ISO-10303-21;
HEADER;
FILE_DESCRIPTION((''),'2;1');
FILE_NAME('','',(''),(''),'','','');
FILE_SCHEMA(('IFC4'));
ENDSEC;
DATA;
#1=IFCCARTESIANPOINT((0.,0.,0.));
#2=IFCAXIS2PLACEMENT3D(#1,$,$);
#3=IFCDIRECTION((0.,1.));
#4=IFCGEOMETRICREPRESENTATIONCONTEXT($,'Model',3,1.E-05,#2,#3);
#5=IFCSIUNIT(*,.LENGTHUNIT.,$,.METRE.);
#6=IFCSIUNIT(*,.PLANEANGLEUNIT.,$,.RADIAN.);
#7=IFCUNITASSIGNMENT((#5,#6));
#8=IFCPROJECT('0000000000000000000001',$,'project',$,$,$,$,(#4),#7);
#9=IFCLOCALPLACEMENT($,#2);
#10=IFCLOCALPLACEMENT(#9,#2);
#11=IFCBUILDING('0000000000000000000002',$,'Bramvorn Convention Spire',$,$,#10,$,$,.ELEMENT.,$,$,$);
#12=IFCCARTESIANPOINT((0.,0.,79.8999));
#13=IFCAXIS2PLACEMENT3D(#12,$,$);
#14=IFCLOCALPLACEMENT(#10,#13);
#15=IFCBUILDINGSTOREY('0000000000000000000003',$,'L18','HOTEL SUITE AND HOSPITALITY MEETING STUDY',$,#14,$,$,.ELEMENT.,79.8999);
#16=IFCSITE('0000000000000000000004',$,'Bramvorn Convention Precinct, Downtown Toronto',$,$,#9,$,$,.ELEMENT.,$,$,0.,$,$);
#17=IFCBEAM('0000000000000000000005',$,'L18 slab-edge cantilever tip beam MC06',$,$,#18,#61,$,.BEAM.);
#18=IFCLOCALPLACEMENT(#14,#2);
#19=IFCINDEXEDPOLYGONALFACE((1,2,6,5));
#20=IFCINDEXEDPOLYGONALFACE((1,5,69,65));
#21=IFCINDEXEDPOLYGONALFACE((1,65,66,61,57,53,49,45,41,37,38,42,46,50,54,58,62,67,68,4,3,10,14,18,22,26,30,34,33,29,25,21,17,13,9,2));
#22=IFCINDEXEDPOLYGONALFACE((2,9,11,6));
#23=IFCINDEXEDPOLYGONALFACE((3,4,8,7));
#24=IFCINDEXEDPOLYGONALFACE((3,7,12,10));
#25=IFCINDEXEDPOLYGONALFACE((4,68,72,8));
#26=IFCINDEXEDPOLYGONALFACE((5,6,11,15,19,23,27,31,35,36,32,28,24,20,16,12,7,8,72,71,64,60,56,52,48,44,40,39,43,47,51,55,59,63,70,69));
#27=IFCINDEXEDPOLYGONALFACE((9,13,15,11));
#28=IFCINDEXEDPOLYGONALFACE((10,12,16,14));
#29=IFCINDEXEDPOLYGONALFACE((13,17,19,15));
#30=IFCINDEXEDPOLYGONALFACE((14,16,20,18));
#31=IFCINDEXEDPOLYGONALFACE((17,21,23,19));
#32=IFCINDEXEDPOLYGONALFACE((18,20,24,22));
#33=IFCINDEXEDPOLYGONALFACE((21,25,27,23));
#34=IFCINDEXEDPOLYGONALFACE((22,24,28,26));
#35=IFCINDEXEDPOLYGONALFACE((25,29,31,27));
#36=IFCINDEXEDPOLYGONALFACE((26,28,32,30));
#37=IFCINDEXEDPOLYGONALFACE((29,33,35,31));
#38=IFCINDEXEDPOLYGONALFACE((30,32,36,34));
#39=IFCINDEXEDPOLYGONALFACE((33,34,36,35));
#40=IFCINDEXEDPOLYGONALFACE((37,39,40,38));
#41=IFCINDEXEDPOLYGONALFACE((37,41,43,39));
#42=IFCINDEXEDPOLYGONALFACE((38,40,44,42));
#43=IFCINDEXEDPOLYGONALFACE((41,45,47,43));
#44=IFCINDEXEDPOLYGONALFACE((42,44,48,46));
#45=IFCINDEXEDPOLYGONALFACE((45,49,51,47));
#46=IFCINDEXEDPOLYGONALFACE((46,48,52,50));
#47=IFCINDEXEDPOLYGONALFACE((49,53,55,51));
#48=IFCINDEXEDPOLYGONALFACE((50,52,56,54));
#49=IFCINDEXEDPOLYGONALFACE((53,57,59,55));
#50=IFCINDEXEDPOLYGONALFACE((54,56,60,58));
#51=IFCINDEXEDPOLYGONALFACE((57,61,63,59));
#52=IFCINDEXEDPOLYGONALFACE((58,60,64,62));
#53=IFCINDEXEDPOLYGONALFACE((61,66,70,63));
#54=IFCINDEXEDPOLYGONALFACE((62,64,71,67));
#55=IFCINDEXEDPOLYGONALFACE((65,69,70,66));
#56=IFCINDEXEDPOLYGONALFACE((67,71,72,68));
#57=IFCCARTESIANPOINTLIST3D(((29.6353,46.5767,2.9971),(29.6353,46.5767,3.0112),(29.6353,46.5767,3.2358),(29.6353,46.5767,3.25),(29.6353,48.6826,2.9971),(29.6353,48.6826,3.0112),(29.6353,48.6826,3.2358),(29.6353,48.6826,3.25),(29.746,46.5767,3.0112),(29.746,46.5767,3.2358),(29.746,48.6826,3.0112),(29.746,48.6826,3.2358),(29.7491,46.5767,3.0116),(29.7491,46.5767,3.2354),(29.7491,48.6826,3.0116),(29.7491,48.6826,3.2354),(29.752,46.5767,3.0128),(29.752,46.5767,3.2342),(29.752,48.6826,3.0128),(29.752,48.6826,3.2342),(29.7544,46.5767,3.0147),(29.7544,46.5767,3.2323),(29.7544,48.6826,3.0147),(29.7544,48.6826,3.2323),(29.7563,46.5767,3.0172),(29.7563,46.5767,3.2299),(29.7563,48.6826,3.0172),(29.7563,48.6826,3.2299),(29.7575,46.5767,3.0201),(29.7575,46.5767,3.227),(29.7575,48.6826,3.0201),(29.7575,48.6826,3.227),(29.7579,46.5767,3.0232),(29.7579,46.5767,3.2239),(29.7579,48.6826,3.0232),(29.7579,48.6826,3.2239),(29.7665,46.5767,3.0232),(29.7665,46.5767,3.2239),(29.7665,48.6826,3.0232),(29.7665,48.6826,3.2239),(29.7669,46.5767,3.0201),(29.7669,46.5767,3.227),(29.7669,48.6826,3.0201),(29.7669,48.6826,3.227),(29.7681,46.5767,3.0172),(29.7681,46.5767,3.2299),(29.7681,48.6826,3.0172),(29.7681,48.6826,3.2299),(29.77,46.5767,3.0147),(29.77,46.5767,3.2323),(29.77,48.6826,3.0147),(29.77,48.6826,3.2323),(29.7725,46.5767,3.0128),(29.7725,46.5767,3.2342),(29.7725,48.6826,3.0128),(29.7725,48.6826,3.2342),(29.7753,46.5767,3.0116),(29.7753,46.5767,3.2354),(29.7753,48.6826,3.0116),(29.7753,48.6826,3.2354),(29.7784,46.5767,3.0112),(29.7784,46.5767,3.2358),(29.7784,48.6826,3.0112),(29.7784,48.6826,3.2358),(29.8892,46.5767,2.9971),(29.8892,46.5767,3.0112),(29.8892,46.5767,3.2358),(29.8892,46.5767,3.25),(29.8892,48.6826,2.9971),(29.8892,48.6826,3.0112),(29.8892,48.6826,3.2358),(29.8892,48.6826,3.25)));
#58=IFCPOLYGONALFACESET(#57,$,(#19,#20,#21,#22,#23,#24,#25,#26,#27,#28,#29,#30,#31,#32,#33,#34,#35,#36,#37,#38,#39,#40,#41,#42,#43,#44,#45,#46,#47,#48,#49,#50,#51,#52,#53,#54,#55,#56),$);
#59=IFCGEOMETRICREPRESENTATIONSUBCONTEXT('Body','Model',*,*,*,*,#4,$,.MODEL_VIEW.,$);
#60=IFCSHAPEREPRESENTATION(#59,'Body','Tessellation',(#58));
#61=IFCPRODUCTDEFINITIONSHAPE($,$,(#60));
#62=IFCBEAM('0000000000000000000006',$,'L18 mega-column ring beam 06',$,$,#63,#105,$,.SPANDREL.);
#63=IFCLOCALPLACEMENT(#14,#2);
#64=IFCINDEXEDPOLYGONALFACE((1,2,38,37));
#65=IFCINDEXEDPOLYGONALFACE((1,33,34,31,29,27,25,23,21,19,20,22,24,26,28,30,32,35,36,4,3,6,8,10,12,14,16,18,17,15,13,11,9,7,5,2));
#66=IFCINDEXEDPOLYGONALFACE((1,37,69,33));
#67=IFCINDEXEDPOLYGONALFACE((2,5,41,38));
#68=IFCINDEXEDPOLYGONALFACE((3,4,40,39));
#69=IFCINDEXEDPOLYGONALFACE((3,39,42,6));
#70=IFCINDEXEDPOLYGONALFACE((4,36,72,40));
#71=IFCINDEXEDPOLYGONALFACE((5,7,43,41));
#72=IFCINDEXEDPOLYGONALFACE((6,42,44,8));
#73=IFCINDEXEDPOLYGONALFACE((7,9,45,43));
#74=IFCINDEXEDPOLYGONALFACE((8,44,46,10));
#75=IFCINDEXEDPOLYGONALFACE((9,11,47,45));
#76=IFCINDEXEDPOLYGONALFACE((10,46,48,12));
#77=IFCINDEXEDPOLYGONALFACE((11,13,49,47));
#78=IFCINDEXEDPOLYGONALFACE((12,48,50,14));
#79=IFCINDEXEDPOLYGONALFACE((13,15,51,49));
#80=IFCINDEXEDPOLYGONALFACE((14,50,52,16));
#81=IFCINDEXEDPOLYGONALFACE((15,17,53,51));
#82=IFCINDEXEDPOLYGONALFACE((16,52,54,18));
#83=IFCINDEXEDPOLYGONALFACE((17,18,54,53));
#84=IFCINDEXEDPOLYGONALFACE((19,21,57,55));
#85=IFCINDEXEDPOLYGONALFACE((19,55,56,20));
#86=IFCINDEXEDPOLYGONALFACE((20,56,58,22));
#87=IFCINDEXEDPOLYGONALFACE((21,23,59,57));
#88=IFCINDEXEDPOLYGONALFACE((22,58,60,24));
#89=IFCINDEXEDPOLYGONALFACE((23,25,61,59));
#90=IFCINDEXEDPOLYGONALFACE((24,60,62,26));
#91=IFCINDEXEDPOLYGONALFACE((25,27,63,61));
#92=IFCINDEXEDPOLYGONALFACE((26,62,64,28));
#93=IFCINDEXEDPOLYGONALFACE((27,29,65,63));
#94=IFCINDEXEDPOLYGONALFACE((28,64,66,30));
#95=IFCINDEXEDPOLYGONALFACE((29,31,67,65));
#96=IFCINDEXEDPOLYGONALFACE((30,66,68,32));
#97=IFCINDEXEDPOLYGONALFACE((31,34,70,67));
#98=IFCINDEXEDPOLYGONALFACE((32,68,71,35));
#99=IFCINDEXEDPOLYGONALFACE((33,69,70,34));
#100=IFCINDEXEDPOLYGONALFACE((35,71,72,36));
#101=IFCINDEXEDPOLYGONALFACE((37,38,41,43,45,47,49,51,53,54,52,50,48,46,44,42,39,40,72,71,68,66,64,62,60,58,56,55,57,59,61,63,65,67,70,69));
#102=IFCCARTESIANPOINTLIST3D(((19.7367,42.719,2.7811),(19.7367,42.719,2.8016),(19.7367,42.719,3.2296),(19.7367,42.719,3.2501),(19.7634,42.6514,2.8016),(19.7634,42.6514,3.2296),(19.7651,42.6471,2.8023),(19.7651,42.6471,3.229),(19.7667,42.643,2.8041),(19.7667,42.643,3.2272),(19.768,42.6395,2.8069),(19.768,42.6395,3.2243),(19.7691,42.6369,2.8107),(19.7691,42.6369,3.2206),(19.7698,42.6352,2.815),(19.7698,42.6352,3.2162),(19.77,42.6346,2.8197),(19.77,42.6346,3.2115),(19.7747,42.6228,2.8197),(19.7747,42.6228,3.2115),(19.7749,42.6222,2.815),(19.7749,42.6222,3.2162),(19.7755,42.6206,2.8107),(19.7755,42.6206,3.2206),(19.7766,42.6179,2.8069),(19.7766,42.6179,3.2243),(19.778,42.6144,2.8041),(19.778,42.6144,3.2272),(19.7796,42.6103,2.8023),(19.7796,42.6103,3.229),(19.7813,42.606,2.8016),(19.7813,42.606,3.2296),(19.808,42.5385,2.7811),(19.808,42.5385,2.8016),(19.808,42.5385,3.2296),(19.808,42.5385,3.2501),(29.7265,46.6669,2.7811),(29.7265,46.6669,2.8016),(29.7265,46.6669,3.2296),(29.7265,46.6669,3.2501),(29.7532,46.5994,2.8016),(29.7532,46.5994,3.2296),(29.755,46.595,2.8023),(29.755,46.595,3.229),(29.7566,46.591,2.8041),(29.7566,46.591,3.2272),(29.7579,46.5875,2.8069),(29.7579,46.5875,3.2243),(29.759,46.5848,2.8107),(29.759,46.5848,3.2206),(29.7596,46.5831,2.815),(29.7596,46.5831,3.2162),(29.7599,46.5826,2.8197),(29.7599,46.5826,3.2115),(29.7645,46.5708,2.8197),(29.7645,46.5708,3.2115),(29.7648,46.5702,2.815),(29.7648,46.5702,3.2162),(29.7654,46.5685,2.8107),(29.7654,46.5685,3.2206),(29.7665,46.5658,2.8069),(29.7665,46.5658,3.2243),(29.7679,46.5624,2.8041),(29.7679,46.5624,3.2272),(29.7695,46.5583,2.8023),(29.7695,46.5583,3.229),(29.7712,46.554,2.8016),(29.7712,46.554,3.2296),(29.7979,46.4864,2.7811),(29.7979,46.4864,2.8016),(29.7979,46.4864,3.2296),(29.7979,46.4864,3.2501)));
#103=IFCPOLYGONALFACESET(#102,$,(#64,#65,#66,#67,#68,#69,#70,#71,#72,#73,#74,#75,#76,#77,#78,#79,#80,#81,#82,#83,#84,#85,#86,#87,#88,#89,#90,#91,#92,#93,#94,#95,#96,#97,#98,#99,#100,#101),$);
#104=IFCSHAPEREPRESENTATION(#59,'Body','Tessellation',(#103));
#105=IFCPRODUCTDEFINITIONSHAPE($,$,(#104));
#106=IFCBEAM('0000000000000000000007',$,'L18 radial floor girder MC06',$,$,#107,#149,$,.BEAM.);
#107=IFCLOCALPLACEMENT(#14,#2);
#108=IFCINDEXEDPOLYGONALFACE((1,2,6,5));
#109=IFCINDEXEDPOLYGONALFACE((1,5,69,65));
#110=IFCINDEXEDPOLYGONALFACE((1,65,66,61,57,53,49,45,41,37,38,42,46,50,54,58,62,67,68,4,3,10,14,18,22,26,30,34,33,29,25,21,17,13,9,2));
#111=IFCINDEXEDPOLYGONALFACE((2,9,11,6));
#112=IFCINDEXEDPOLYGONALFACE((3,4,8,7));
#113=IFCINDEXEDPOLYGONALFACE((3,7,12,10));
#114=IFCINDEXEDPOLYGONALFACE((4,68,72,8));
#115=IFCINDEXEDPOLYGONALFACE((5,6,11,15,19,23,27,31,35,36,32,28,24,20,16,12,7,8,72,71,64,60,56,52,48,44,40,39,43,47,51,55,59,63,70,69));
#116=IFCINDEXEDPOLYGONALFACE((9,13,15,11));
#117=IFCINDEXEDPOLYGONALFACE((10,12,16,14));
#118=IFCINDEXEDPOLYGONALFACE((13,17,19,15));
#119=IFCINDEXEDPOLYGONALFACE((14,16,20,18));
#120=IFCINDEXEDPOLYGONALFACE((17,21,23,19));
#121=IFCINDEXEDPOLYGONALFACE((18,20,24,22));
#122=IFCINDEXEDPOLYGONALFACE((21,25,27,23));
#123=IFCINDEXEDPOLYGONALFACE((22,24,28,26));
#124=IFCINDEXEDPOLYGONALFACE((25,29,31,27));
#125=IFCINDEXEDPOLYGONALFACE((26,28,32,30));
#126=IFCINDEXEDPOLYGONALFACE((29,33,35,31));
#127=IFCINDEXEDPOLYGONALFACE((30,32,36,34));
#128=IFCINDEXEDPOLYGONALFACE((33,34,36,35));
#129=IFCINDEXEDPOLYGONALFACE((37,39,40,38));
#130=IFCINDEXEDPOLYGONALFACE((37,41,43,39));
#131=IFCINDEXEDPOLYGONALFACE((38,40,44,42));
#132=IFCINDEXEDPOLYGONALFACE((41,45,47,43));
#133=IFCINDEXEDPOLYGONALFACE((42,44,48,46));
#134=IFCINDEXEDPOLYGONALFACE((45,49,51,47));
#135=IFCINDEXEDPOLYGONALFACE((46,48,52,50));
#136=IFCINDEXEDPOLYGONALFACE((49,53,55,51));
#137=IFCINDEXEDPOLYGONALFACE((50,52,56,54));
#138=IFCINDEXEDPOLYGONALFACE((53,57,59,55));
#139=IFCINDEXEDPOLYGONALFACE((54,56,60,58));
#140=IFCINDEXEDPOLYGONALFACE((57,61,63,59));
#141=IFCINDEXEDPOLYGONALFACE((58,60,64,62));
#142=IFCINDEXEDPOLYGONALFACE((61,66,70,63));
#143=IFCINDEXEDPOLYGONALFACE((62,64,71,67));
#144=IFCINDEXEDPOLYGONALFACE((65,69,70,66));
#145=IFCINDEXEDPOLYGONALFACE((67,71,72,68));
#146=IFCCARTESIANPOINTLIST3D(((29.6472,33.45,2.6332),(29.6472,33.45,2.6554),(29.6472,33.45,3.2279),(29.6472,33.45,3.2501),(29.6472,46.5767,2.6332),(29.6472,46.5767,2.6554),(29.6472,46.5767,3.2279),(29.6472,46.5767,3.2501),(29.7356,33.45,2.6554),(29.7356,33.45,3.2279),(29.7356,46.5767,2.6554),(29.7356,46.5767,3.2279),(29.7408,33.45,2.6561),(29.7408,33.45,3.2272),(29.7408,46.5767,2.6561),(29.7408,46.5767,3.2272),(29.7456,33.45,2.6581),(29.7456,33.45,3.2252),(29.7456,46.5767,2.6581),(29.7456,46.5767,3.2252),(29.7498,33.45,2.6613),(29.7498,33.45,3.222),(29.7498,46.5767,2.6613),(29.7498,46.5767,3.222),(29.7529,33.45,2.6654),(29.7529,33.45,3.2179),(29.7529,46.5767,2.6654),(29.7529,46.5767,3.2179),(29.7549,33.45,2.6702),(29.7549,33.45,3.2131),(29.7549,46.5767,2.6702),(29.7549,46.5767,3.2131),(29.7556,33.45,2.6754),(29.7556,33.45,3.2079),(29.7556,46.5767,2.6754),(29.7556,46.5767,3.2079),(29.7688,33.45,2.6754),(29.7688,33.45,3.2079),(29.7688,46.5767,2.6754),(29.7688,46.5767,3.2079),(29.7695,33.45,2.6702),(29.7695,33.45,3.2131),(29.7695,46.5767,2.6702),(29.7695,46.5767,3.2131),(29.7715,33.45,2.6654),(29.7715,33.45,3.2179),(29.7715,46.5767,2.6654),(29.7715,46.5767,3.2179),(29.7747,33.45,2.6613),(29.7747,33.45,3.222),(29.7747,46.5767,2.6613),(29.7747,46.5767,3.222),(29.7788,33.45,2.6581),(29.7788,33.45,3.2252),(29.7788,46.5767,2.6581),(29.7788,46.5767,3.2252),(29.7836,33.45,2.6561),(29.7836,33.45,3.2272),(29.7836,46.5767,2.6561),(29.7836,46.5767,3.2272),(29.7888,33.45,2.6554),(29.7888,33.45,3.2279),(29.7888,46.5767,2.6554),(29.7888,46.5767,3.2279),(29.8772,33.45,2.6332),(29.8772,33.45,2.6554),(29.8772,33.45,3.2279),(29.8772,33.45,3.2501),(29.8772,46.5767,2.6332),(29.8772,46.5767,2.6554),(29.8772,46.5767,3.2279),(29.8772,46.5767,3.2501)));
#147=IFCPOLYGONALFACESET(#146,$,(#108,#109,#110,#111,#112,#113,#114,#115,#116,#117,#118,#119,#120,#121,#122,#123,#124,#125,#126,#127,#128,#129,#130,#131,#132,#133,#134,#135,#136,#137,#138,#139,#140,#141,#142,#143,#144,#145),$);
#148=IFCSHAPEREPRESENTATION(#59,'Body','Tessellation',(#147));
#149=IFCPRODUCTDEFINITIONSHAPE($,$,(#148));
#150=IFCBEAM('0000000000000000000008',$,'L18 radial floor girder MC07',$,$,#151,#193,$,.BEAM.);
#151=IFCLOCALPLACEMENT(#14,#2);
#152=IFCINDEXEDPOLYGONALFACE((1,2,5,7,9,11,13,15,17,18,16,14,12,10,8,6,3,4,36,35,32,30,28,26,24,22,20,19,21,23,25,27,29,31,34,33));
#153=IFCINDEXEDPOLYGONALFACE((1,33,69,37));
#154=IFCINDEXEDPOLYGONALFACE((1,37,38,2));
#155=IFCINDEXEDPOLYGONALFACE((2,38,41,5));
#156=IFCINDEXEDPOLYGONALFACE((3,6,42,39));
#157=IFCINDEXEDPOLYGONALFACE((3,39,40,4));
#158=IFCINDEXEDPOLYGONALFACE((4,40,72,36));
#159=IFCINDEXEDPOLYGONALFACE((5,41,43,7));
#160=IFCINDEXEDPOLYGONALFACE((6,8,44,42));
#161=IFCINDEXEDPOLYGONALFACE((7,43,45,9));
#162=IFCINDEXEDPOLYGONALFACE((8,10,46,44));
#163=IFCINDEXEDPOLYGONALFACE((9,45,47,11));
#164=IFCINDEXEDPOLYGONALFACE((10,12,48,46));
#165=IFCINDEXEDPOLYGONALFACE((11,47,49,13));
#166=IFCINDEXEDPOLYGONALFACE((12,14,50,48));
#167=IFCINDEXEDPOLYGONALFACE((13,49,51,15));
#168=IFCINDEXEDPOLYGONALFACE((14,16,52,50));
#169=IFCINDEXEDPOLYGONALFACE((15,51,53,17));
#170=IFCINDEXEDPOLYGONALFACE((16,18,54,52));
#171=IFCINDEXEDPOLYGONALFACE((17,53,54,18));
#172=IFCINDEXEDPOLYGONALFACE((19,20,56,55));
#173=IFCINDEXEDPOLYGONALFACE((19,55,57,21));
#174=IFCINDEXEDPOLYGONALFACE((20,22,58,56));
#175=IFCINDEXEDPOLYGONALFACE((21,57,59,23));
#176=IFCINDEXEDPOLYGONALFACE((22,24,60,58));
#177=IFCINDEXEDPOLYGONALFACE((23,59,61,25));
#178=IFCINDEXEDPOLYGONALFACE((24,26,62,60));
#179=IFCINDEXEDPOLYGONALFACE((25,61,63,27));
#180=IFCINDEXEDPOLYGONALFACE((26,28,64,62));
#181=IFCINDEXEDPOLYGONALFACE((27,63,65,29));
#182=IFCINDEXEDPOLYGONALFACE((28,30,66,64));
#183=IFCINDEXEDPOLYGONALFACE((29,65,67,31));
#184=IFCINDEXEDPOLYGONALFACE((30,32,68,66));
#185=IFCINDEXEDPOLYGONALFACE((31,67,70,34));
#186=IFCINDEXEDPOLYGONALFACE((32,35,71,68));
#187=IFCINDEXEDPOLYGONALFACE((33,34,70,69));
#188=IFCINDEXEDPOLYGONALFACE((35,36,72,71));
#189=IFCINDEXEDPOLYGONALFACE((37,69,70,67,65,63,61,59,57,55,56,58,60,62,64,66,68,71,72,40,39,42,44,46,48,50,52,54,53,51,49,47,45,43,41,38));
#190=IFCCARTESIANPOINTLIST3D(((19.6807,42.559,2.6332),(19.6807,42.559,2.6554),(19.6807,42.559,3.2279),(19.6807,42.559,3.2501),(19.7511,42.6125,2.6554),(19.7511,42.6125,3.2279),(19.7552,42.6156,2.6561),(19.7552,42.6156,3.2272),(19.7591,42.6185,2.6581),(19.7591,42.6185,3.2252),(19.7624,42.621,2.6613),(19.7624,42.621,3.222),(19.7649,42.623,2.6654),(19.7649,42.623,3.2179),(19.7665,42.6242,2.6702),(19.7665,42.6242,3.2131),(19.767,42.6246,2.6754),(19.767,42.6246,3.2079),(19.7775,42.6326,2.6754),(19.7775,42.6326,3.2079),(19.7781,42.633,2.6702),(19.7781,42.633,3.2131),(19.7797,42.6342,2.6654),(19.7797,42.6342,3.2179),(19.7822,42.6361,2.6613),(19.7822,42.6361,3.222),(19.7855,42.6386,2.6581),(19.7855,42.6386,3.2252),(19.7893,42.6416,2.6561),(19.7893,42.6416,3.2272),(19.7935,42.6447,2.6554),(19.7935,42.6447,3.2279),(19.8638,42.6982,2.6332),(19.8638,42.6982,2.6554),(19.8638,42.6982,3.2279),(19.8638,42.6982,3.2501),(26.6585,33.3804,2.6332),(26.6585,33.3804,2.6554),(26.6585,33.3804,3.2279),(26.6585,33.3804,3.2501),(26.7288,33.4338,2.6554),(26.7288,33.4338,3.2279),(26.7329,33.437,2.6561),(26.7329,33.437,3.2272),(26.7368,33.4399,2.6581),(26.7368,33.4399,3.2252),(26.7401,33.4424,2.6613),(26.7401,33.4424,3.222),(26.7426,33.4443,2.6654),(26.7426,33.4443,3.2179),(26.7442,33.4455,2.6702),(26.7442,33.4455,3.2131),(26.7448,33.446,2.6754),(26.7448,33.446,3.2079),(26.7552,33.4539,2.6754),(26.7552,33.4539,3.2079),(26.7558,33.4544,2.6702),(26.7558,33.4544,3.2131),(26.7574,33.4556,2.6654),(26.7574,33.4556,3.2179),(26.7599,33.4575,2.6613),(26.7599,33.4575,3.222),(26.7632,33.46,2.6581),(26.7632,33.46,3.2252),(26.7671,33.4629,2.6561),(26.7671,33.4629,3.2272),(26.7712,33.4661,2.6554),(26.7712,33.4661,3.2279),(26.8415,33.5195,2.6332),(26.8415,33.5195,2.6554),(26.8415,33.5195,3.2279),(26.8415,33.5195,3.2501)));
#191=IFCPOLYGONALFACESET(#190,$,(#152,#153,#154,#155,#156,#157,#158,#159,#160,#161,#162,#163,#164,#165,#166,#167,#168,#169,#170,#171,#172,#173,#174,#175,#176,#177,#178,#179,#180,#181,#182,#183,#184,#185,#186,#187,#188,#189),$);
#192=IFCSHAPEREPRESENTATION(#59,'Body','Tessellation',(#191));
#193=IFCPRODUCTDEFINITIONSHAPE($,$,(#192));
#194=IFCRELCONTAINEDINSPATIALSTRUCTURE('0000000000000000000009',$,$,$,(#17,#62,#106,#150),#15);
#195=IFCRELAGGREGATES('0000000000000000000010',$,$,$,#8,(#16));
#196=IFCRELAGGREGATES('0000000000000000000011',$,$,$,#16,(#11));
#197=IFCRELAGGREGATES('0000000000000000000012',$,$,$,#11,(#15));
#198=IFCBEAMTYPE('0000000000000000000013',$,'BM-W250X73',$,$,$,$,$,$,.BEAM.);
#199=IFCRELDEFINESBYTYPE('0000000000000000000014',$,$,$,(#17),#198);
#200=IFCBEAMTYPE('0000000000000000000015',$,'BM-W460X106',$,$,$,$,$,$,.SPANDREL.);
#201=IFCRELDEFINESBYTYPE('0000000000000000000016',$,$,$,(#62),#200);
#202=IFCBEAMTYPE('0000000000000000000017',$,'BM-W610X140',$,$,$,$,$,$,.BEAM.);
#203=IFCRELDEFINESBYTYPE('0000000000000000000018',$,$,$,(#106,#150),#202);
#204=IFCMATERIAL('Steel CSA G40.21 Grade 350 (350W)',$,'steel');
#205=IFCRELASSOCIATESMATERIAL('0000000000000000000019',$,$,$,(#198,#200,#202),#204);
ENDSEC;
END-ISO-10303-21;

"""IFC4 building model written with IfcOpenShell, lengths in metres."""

from ifc_helpers import new_model, si_unit, direction, frame, origin, origin_2d, place, context, subcontext, project, spatial, i_section, extrude, material, material_profile, profile_set, type_object, element, save


model = new_model("IFC4")

# Units and contexts
model_context = context("Model", 3, precision=1e-05, world=origin(), true_north=direction((0.0, 1.0)))
body_context = subcontext(model_context, "Body", "Model", "MODEL_VIEW")
ifc_project = project(units=[si_unit("LENGTHUNIT", "METRE"), si_unit("PLANEANGLEUNIT", "RADIAN")], contexts=[model_context])

# Site, building, storey
site_placement = place(None, origin())
site = spatial("IfcSite", under=ifc_project, at=site_placement, Name="Bramvorn Convention Precinct, Downtown Toronto", CompositionType="ELEMENT", RefElevation=0.0)
building_placement = place(site_placement, origin())
building = spatial("IfcBuilding", under=site, at=building_placement, Name="Bramvorn Convention Spire", CompositionType="ELEMENT")
storey_placement = place(building_placement, frame((0.0, 0.0, 79.8999)))
storey = spatial("IfcBuildingStorey", under=building, at=storey_placement, Name="L18", Description="HOTEL SUITE AND HOSPITALITY MEETING STUDY", CompositionType="ELEMENT", Elevation=79.8999)

# Shared definitions
ifc_material_1 = material(Name="Steel CSA G40.21 Grade 350 (350W)", Category="steel")

# Beams
ifc_material_profile_1 = material_profile(ifc_material_1, i_section(OverallWidth=0.2539, OverallDepth=0.2529, WebThickness=0.0085, FlangeThickness=0.0142, FilletRadius=0.012, at=origin_2d()))
ifc_profile_set_1 = profile_set([ifc_material_profile_1], Name="Steel CSA G40.21 Grade 350 (350W) - W250X73")
beam_type_1 = type_object("IfcBeamType", Name="BM-W250X73", PredefinedType="BEAM", material=ifc_profile_set_1)
beam_1_placement = place(storey_placement, frame((29.7622, 46.5767, 3.1235), z_axis=(0.0, 1.0, 0.0), x_axis=(-1.0, 0.0, 0.0)))
element("IfcBeam", 1, at=beam_1_placement, inside=storey, type_object=beam_type_1, Name="L18 slab-edge cantilever tip beam MC06", PredefinedType="BEAM", context=body_context, shape_type="SweptSolid", body=[
    extrude(i_section(OverallWidth=0.2539, OverallDepth=0.2529, WebThickness=0.0085, FlangeThickness=0.0142, FilletRadius=0.012, at=origin_2d()), origin(), (0.0, 0.0, 1.0), 2.106),
])
ifc_material_profile_2 = material_profile(ifc_material_1, i_section(OverallWidth=0.1941, OverallDepth=0.469, WebThickness=0.0127, FlangeThickness=0.0205, FilletRadius=0.0181, at=origin_2d()))
ifc_profile_set_2 = profile_set([ifc_material_profile_2], Name="Steel CSA G40.21 Grade 350 (350W) - W460X106")
beam_type_2 = type_object("IfcBeamType", Name="BM-W460X106", PredefinedType="SPANDREL", material=ifc_profile_set_2)
beam_2_placement = place(storey_placement, frame((29.7622, 46.5767, 3.0156), z_axis=(-0.93001, -0.367535, 0.0), x_axis=(0.367535, -0.93001, 0.0)))
element("IfcBeam", 2, at=beam_2_placement, inside=storey, type_object=beam_type_2, Name="L18 mega-column ring beam 06", PredefinedType="SPANDREL", context=body_context, shape_type="SweptSolid", body=[
    extrude(i_section(OverallWidth=0.1941, OverallDepth=0.469, WebThickness=0.0127, FlangeThickness=0.0205, FilletRadius=0.0181, at=origin_2d()), origin(), (0.0, 0.0, 1.0), 10.7417),
])
ifc_material_profile_3 = material_profile(ifc_material_1, i_section(OverallWidth=0.23, OverallDepth=0.6169, WebThickness=0.0132, FlangeThickness=0.0222, FilletRadius=0.02, at=origin_2d()))
ifc_profile_set_3 = profile_set([ifc_material_profile_3], Name="Steel CSA G40.21 Grade 350 (350W) - W610X140")
beam_type_3 = type_object("IfcBeamType", Name="BM-W610X140", PredefinedType="BEAM", material=ifc_profile_set_3)
beam_3_placement = place(storey_placement, frame((29.7622, 33.45, 2.9417), z_axis=(0.0, 1.0, 0.0), x_axis=(-1.0, 0.0, 0.0)))
element("IfcBeam", 3, at=beam_3_placement, inside=storey, type_object=beam_type_3, Name="L18 radial floor girder MC06", PredefinedType="BEAM", context=body_context, shape_type="SweptSolid", body=[
    extrude(i_section(OverallWidth=0.23, OverallDepth=0.6169, WebThickness=0.0132, FlangeThickness=0.0222, FilletRadius=0.02, at=origin_2d()), origin(), (0.0, 0.0, 1.0), 13.1267),
])
beam_4_placement = place(storey_placement, frame((26.75, 33.45, 2.9417), z_axis=(-0.605191, 0.79608, 0.0), x_axis=(-0.79608, -0.605191, 0.0)))
element("IfcBeam", 4, at=beam_4_placement, inside=storey, type_object=beam_type_3, Name="L18 radial floor girder MC07", PredefinedType="BEAM", context=body_context, shape_type="SweptSolid", body=[
    extrude(i_section(OverallWidth=0.23, OverallDepth=0.6169, WebThickness=0.0132, FlangeThickness=0.0222, FilletRadius=0.02, at=origin_2d()), origin(), (0.0, 0.0, 1.0), 11.5298),
])

save(model, "model.ifc")
